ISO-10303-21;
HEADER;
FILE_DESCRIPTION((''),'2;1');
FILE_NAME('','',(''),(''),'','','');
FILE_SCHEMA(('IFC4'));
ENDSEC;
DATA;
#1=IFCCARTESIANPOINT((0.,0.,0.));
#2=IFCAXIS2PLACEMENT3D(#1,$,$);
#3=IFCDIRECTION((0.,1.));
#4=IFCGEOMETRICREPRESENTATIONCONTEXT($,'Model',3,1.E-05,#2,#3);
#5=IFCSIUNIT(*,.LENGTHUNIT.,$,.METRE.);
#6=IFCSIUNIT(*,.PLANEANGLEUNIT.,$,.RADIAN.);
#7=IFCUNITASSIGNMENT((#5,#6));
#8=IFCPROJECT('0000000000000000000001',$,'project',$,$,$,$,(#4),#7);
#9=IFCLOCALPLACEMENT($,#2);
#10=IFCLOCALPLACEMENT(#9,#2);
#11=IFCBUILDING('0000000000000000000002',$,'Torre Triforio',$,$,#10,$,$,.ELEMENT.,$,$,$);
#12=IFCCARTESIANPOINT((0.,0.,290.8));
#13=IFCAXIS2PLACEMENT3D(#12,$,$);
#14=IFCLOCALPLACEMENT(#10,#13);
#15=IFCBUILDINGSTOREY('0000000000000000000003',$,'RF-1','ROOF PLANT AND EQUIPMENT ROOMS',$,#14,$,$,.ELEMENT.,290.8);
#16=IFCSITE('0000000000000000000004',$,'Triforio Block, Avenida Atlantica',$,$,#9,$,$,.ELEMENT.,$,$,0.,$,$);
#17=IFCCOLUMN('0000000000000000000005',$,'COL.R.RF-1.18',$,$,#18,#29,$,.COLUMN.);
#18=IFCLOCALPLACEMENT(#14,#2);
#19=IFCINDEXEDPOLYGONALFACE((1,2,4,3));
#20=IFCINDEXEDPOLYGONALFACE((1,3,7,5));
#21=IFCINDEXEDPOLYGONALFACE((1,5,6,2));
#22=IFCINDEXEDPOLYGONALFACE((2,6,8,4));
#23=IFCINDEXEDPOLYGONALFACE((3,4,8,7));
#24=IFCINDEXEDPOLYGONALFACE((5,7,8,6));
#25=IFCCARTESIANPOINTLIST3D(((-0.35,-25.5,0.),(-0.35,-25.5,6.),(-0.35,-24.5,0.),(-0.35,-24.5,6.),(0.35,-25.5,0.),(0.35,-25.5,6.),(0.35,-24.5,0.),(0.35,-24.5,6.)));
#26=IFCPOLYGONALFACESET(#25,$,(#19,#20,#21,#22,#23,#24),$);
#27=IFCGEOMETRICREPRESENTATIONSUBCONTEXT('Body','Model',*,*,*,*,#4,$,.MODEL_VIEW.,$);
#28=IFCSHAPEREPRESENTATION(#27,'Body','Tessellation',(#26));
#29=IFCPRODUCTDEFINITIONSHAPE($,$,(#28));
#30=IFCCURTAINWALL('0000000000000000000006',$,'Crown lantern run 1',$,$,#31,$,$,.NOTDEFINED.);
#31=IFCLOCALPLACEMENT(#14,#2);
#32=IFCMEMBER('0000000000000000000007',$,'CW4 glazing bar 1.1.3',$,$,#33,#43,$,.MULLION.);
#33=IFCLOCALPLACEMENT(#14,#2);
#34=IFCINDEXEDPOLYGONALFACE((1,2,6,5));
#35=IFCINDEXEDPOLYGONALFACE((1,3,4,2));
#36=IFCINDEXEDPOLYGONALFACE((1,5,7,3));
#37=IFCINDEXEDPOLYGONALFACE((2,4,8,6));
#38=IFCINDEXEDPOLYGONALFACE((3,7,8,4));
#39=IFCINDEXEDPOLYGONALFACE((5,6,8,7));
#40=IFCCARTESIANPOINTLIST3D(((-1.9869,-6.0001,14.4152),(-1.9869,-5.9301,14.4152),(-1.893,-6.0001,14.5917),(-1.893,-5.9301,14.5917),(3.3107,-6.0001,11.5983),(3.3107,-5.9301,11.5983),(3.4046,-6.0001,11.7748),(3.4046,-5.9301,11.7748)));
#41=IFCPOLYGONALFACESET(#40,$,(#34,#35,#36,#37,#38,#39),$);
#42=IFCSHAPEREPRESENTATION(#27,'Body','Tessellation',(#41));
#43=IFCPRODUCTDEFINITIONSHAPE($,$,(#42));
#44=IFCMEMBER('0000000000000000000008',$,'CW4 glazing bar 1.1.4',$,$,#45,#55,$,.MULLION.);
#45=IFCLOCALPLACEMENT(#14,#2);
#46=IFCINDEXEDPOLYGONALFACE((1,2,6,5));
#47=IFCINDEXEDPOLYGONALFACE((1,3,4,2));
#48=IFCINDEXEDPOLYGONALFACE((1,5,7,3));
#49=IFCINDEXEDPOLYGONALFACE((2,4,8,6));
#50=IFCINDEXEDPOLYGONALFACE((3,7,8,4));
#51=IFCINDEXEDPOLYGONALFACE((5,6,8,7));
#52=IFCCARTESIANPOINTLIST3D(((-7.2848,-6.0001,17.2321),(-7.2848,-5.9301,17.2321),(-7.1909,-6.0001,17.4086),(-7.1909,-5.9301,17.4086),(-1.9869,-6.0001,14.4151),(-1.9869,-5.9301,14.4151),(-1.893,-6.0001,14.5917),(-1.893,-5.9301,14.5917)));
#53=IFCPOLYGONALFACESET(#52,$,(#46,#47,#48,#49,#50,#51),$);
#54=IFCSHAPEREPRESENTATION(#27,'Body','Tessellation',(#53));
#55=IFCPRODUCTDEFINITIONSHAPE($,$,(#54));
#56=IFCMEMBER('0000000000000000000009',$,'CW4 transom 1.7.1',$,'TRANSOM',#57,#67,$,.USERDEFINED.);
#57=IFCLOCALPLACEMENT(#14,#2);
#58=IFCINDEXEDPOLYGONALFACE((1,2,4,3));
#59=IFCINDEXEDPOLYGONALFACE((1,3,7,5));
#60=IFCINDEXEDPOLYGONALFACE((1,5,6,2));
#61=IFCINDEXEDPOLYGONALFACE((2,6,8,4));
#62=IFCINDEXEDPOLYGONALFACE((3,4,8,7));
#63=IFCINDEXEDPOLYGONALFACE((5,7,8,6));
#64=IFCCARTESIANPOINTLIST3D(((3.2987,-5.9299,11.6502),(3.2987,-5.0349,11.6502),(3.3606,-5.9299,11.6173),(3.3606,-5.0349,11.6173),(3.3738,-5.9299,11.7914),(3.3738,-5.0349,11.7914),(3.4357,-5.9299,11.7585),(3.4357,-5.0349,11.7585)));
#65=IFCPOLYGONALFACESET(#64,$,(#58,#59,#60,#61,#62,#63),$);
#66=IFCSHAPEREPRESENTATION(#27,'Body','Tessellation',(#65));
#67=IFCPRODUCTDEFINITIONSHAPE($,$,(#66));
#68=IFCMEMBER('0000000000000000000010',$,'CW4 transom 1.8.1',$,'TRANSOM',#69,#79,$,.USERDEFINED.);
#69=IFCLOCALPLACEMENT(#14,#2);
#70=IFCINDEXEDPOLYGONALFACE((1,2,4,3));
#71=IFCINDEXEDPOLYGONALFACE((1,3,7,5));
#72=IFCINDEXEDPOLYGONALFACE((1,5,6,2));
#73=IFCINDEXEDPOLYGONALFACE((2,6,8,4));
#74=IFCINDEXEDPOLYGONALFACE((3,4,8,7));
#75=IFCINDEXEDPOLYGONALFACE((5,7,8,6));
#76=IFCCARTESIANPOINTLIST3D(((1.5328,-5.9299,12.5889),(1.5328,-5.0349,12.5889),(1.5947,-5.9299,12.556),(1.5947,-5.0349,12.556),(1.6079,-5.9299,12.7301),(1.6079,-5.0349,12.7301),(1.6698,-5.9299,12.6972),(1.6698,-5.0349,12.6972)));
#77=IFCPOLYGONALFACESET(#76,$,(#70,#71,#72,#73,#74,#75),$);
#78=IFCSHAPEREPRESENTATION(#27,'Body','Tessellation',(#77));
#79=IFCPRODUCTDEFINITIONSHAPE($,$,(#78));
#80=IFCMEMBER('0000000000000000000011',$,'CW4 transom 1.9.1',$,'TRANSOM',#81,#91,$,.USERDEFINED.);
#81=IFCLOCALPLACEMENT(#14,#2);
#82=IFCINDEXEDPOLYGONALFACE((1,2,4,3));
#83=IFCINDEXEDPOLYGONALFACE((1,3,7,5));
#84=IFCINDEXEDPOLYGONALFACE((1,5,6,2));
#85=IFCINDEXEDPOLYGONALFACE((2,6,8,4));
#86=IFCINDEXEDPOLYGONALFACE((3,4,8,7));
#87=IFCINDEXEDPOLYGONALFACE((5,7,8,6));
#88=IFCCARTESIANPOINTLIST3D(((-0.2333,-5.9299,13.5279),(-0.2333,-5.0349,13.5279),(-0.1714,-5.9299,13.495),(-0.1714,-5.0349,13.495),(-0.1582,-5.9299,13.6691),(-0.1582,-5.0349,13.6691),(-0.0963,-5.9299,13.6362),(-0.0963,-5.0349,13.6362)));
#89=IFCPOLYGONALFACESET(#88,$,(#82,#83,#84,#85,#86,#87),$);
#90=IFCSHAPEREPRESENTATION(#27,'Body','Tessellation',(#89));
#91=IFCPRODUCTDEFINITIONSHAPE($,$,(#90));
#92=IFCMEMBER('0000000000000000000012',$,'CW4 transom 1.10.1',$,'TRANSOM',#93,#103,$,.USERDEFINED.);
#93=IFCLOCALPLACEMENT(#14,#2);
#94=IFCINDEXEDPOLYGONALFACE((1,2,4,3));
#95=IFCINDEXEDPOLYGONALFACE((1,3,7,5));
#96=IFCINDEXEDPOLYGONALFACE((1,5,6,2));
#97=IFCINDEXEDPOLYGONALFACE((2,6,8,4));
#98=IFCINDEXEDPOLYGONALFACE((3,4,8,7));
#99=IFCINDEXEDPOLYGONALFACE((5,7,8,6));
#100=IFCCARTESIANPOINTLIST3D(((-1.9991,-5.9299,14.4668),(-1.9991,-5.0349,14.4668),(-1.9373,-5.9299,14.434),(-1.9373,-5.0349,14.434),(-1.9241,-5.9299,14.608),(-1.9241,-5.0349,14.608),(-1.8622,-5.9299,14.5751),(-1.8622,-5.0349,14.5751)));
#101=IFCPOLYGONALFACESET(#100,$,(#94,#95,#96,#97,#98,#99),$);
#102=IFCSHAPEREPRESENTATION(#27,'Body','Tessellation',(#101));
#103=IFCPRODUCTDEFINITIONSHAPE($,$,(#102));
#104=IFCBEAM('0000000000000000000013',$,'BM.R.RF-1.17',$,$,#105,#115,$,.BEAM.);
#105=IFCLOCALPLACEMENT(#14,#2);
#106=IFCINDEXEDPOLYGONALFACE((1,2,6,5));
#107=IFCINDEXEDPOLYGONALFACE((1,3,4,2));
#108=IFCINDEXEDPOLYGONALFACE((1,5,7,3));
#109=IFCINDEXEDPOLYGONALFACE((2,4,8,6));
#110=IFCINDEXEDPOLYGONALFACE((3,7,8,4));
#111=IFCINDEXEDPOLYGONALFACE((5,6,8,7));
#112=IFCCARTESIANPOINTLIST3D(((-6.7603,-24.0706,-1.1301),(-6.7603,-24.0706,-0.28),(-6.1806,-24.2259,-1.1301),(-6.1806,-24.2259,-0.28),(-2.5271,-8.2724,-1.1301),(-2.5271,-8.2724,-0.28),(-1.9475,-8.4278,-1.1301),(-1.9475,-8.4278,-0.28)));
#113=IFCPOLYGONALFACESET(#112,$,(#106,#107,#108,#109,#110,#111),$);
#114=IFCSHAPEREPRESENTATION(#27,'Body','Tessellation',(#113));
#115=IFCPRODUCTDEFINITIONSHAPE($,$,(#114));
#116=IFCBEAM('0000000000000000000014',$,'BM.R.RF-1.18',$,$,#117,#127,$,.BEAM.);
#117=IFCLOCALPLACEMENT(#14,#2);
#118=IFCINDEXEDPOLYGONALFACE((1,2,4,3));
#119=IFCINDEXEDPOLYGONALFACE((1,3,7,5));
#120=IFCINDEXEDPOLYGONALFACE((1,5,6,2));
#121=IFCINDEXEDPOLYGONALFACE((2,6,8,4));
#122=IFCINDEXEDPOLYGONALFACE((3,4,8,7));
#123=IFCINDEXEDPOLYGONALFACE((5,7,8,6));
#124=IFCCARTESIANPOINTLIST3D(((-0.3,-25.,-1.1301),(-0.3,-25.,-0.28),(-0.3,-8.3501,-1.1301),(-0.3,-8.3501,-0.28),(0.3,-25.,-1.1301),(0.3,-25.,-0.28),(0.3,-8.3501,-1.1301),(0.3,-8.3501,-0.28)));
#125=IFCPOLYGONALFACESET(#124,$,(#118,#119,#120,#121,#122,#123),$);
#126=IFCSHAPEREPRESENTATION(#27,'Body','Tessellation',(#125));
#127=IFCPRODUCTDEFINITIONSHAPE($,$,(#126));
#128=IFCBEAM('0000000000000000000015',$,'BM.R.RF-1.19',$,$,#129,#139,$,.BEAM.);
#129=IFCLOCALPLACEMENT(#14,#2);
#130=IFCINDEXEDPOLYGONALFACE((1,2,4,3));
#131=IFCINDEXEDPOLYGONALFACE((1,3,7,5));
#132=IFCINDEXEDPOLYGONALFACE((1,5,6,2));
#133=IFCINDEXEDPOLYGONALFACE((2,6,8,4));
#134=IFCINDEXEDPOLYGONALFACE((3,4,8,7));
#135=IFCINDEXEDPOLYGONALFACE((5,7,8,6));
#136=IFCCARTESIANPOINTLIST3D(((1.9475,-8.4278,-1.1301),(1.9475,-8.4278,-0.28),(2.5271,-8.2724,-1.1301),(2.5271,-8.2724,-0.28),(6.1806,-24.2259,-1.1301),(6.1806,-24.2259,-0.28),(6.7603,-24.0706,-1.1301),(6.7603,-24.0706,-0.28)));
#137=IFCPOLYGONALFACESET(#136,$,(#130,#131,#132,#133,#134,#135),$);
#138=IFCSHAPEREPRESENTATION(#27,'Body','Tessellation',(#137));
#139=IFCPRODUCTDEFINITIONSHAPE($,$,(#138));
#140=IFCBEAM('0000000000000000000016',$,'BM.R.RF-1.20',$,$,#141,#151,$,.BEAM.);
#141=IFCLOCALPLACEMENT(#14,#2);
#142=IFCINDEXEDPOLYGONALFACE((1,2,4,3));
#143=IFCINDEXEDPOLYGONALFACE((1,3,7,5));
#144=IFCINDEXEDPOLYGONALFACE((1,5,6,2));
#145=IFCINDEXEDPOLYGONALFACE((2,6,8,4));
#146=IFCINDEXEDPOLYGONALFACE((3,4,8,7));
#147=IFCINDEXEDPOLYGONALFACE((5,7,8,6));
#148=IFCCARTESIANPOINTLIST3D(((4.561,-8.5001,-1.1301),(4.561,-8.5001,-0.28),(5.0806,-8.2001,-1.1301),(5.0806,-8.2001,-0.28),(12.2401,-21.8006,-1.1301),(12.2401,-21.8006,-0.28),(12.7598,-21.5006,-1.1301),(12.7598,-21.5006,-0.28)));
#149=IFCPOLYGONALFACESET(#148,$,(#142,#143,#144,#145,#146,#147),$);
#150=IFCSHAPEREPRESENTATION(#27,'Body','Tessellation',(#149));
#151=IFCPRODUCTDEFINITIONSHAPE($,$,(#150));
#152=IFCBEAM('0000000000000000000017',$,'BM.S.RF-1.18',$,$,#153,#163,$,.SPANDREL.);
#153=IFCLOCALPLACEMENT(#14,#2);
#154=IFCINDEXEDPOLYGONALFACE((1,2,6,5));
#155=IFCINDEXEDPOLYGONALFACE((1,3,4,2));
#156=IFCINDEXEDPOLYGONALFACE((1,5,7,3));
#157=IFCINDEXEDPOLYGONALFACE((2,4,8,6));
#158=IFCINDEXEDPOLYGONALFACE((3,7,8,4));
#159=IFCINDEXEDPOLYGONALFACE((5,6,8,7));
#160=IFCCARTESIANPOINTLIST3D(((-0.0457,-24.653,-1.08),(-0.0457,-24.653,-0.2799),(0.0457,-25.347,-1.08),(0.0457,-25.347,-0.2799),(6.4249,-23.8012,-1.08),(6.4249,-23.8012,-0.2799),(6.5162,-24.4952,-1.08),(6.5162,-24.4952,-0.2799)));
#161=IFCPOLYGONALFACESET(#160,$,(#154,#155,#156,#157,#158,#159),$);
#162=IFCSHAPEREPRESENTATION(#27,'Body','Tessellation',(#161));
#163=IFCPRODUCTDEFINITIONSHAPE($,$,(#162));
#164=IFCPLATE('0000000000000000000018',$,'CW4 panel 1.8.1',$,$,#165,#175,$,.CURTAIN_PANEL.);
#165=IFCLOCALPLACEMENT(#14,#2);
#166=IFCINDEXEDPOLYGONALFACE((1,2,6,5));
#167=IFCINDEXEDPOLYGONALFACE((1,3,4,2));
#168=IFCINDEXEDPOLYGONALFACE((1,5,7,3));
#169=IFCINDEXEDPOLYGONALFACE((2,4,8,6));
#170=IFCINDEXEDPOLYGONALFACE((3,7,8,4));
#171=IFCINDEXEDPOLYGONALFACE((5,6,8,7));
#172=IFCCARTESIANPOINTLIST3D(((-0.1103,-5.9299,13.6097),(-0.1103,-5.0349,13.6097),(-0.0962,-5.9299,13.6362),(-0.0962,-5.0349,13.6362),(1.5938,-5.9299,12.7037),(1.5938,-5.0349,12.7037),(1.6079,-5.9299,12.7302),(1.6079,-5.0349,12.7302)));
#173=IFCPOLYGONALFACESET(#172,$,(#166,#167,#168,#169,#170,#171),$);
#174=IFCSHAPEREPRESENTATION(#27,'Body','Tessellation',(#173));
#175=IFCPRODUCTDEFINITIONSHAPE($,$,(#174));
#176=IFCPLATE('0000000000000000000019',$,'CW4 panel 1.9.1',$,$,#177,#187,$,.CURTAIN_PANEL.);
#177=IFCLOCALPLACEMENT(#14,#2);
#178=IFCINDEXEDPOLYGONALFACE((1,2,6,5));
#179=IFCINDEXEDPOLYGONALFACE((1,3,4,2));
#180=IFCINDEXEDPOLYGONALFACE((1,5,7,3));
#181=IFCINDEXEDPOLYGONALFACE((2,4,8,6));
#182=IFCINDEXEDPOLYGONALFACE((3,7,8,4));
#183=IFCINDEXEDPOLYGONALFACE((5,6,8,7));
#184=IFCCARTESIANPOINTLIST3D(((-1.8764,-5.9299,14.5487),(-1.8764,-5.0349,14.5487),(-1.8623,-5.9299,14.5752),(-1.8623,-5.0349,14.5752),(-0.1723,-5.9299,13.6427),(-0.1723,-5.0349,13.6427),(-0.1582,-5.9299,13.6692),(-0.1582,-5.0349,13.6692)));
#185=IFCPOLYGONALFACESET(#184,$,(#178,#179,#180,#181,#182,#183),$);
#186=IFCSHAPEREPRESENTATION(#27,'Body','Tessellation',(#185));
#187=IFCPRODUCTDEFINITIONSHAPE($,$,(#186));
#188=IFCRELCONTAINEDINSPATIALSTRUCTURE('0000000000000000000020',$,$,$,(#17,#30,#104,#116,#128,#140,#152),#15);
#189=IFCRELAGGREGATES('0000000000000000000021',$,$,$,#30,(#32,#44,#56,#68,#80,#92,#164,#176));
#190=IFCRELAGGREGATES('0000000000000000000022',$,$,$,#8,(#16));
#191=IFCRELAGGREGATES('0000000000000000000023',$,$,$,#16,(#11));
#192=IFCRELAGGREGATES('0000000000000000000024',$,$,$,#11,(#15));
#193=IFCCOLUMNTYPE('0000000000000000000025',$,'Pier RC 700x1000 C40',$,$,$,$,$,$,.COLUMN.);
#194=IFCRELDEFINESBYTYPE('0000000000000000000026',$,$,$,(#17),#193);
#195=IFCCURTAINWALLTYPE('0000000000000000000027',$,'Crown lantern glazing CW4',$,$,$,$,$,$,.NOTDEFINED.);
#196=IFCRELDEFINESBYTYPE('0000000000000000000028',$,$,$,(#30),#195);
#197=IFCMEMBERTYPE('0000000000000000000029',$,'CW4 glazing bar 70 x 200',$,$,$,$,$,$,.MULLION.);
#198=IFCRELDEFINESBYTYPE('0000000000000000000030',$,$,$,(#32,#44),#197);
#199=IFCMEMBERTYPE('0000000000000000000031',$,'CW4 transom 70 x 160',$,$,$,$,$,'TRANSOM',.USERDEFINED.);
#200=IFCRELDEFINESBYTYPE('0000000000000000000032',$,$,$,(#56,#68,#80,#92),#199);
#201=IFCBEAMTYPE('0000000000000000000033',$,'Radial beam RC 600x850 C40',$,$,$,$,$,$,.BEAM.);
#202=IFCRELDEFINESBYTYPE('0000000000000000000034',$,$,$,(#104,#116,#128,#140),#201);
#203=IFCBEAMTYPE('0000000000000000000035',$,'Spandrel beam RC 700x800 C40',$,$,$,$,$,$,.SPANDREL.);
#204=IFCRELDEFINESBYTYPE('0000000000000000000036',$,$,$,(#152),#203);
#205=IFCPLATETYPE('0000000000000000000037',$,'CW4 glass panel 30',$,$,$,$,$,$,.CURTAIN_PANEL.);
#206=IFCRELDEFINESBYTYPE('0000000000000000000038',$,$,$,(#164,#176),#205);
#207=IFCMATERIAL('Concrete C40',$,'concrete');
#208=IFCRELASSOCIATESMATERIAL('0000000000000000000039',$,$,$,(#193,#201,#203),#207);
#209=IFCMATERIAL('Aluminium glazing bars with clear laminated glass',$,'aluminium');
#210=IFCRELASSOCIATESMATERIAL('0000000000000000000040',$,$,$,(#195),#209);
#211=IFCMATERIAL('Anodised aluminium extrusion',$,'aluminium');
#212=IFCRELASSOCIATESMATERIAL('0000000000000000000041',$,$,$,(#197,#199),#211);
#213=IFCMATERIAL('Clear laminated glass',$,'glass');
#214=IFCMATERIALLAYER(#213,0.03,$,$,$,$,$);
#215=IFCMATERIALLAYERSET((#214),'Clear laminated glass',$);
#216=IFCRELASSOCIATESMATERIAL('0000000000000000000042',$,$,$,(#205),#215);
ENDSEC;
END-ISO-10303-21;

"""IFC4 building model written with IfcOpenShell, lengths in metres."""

from ifc_helpers import new_model, si_unit, direction, frame, origin, origin_2d, place, context, subcontext, project, spatial, polyline, rectangle, outline, extrude, material, layer, layer_set, material_profile, profile_set, type_object, element, aggregate, save


model = new_model("IFC4")

# Units and contexts
model_context = context("Model", 3, precision=1e-05, world=origin(), true_north=direction((0.0, 1.0)))
body_context = subcontext(model_context, "Body", "Model", "MODEL_VIEW")
ifc_project = project(units=[si_unit("LENGTHUNIT", "METRE"), si_unit("PLANEANGLEUNIT", "RADIAN")], contexts=[model_context])

# Site, building, storey
site_placement = place(None, origin())
site = spatial("IfcSite", under=ifc_project, at=site_placement, Name="Triforio Block, Avenida Atlantica", CompositionType="ELEMENT", RefElevation=0.0)
building_placement = place(site_placement, origin())
building = spatial("IfcBuilding", under=site, at=building_placement, Name="Torre Triforio", CompositionType="ELEMENT")
storey_placement = place(building_placement, frame((0.0, 0.0, 290.8)))
storey = spatial("IfcBuildingStorey", under=building, at=storey_placement, Name="RF-1", Description="ROOF PLANT AND EQUIPMENT ROOMS", CompositionType="ELEMENT", Elevation=290.8)

# Column
ifc_material_1 = material(Name="Concrete C40", Category="concrete")
ifc_material_profile_1 = material_profile(ifc_material_1, rectangle(XDim=0.7, YDim=1.0, at=origin_2d()), Name="RC 700x1000")
ifc_profile_set_1 = profile_set([ifc_material_profile_1], Name="Concrete C40")
column_type = type_object("IfcColumnType", Name="Pier RC 700x1000 C40", PredefinedType="COLUMN", material=ifc_profile_set_1)
column_placement = place(storey_placement, frame((0.0, -25.0, 0.0), z_axis=(0.0, 0.0, 1.0), x_axis=(1.0, 0.0, 0.0)))
element("IfcColumn", 1, at=column_placement, inside=storey, type_object=column_type, Name="COL.R.RF-1.18", PredefinedType="COLUMN", context=body_context, shape_type="SweptSolid", body=[
    extrude(rectangle(XDim=0.7, YDim=1.0, at=origin_2d()), origin(), (0.0, 0.0, 1.0), 6.0),
])

# Curtain wall, members
ifc_material_2 = material(Name="Aluminium glazing bars with clear laminated glass", Category="aluminium")
curtain_wall_type = type_object("IfcCurtainWallType", Name="Crown lantern glazing CW4", PredefinedType="NOTDEFINED", material=ifc_material_2)
curtain_wall_placement = place(storey_placement, origin())
curtain_wall = element("IfcCurtainWall", 2, at=curtain_wall_placement, inside=storey, type_object=curtain_wall_type, Name="Crown lantern run 1", PredefinedType="NOTDEFINED")
ifc_material_3 = material(Name="Anodised aluminium extrusion", Category="aluminium")
ifc_material_profile_2 = material_profile(ifc_material_3, rectangle(XDim=0.0701, YDim=0.2, at=origin_2d()), Name="CW4 MULLION 70x200")
ifc_profile_set_2 = profile_set([ifc_material_profile_2], Name="Anodised aluminium extrusion")
member_type_1 = type_object("IfcMemberType", Name="CW4 glazing bar 70 x 200", PredefinedType="MULLION", material=ifc_profile_set_2)
member_1_placement = place(storey_placement, frame((3.3577, -5.9651, 11.6865), z_axis=(-0.88294, 0.0, 0.469485), x_axis=(0.0, -1.0, 0.0)))
member_1 = element("IfcMember", 3, at=member_1_placement, type_object=member_type_1, Name="CW4 glazing bar 1.1.3", PredefinedType="MULLION", context=body_context, shape_type="SweptSolid", body=[
    extrude(rectangle(XDim=0.0701, YDim=0.2, at=origin_2d()), origin(), (0.0, 0.0, 1.0), 6.0),
])
member_2_placement = place(storey_placement, frame((-1.9399, -5.9651, 14.5034), z_axis=(-0.882949, 0.0, 0.469469), x_axis=(0.0, -1.0, 0.0)))
member_2 = element("IfcMember", 4, at=member_2_placement, type_object=member_type_1, Name="CW4 glazing bar 1.1.4", PredefinedType="MULLION", context=body_context, shape_type="SweptSolid", body=[
    extrude(rectangle(XDim=0.0701, YDim=0.2, at=origin_2d()), origin(), (0.0, 0.0, 1.0), 6.0002),
])
ifc_material_profile_3 = material_profile(ifc_material_3, rectangle(XDim=0.0701, YDim=0.1599, at=origin_2d()), Name="CW4 TRANSOM 70x160")
ifc_profile_set_3 = profile_set([ifc_material_profile_3], Name="Anodised aluminium extrusion")
member_type_2 = type_object("IfcMemberType", Name="CW4 transom 70 x 160", ElementType="TRANSOM", PredefinedType="USERDEFINED", material=ifc_profile_set_3)
member_3_placement = place(storey_placement, frame((3.3672, -5.9299, 11.7043), z_axis=(0.0, 1.0, 0.0), x_axis=(-0.882948, 0.0, 0.469472)))
member_3 = element("IfcMember", 5, at=member_3_placement, type_object=member_type_2, Name="CW4 transom 1.7.1", ObjectType="TRANSOM", PredefinedType="USERDEFINED", context=body_context, shape_type="SweptSolid", body=[
    extrude(rectangle(XDim=0.0701, YDim=0.1599, at=origin_2d()), origin(), (0.0, 0.0, 1.0), 0.895),
])
member_4_placement = place(storey_placement, frame((1.6013, -5.9299, 12.6431), z_axis=(0.0, 1.0, 0.0), x_axis=(-0.882948, 0.0, 0.469472)))
member_4 = element("IfcMember", 6, at=member_4_placement, type_object=member_type_2, Name="CW4 transom 1.8.1", ObjectType="TRANSOM", PredefinedType="USERDEFINED", context=body_context, shape_type="SweptSolid", body=[
    extrude(rectangle(XDim=0.0701, YDim=0.1599, at=origin_2d()), origin(), (0.0, 0.0, 1.0), 0.895),
])
member_5_placement = place(storey_placement, frame((-0.1648, -5.9299, 13.582), z_axis=(0.0, 1.0, 0.0), x_axis=(-0.882948, 0.0, 0.469472)))
member_5 = element("IfcMember", 7, at=member_5_placement, type_object=member_type_2, Name="CW4 transom 1.9.1", ObjectType="TRANSOM", PredefinedType="USERDEFINED", context=body_context, shape_type="SweptSolid", body=[
    extrude(rectangle(XDim=0.0701, YDim=0.1599, at=origin_2d()), origin(), (0.0, 0.0, 1.0), 0.895),
])
member_6_placement = place(storey_placement, frame((-1.9307, -5.9299, 14.521), z_axis=(0.0, 1.0, 0.0), x_axis=(-0.882948, 0.0, 0.469472)))
member_6 = element("IfcMember", 8, at=member_6_placement, type_object=member_type_2, Name="CW4 transom 1.10.1", ObjectType="TRANSOM", PredefinedType="USERDEFINED", context=body_context, shape_type="SweptSolid", body=[
    extrude(rectangle(XDim=0.0701, YDim=0.1599, at=origin_2d()), origin(), (0.0, 0.0, 1.0), 0.895),
])

# Beams
ifc_material_profile_4 = material_profile(ifc_material_1, rectangle(XDim=0.6001, YDim=0.8501, at=origin_2d()), Name="RC 600x850")
ifc_profile_set_4 = profile_set([ifc_material_profile_4], Name="Concrete C40")
beam_type_1 = type_object("IfcBeamType", Name="Radial beam RC 600x850 C40", PredefinedType="BEAM", material=ifc_profile_set_4)
beam_1_placement = place(storey_placement, frame((-2.2373, -8.3501, -0.7051), z_axis=(-0.258823, -0.965925, 0.0), x_axis=(0.965925, -0.258823, 0.0)))
element("IfcBeam", 9, at=beam_1_placement, inside=storey, type_object=beam_type_1, Name="BM.R.RF-1.17", PredefinedType="BEAM", context=body_context, shape_type="SweptSolid", body=[
    extrude(rectangle(XDim=0.6001, YDim=0.8501, at=origin_2d()), origin(), (0.0, 0.0, 1.0), 16.3555),
])
beam_2_placement = place(storey_placement, frame((0.0, -8.3501, -0.7051), z_axis=(0.0, -1.0, 0.0), x_axis=(1.0, 0.0, 0.0)))
element("IfcBeam", 10, at=beam_2_placement, inside=storey, type_object=beam_type_1, Name="BM.R.RF-1.18", PredefinedType="BEAM", context=body_context, shape_type="SweptSolid", body=[
    extrude(rectangle(XDim=0.6001, YDim=0.8501, at=origin_2d()), origin(), (0.0, 0.0, 1.0), 16.6499),
])
beam_3_placement = place(storey_placement, frame((2.2373, -8.3501, -0.7051), z_axis=(0.258823, -0.965925, 0.0), x_axis=(0.965925, 0.258823, 0.0)))
element("IfcBeam", 11, at=beam_3_placement, inside=storey, type_object=beam_type_1, Name="BM.R.RF-1.19", PredefinedType="BEAM", context=body_context, shape_type="SweptSolid", body=[
    extrude(rectangle(XDim=0.6001, YDim=0.8501, at=origin_2d()), origin(), (0.0, 0.0, 1.0), 16.3555),
])
beam_4_placement = place(storey_placement, frame((4.8208, -8.3501, -0.7051), z_axis=(0.500006, -0.866022, 0.0), x_axis=(0.866022, 0.500006, 0.0)))
element("IfcBeam", 12, at=beam_4_placement, inside=storey, type_object=beam_type_1, Name="BM.R.RF-1.20", PredefinedType="BEAM", context=body_context, shape_type="SweptSolid", body=[
    extrude(rectangle(XDim=0.6001, YDim=0.8501, at=origin_2d()), origin(), (0.0, 0.0, 1.0), 15.3582),
])
ifc_material_profile_5 = material_profile(ifc_material_1, rectangle(XDim=0.7, YDim=0.8, at=origin_2d()), Name="RC 700x800")
ifc_profile_set_5 = profile_set([ifc_material_profile_5], Name="Concrete C40")
beam_type_2 = type_object("IfcBeamType", Name="Spandrel beam RC 700x800 C40", PredefinedType="SPANDREL", material=ifc_profile_set_5)
beam_5_placement = place(storey_placement, frame((0.0, -25.0, -0.6799), z_axis=(0.991446, 0.130519, 0.0), x_axis=(-0.130519, 0.991446, 0.0)))
element("IfcBeam", 13, at=beam_5_placement, inside=storey, type_object=beam_type_2, Name="BM.S.RF-1.18", PredefinedType="SPANDREL", context=body_context, shape_type="SweptSolid", body=[
    extrude(rectangle(XDim=0.7, YDim=0.8, at=origin_2d()), origin(), (0.0, 0.0, 1.0), 6.5264),
])

# Plates
ifc_material_4 = material(Name="Clear laminated glass", Category="glass")
ifc_layer_1 = layer(ifc_material_4, 0.03)
ifc_layer_set_1 = layer_set([ifc_layer_1], Name="Clear laminated glass")
plate_type = type_object("IfcPlateType", Name="CW4 glass panel 30", PredefinedType="CURTAIN_PANEL", material=ifc_layer_set_1)
plate_1_placement = place(storey_placement, frame((1.6079, -5.9299, 12.7302), z_axis=(0.469439, 0.0, 0.882965), x_axis=(0.0, 1.0, 0.0)))
plate_1 = element("IfcPlate", 14, at=plate_1_placement, type_object=plate_type, Name="CW4 panel 1.8.1", PredefinedType="CURTAIN_PANEL", context=body_context, shape_type="SweptSolid", body=[
    extrude(outline(polyline([(0.0, 0.0), (0.895, 0.0), (0.895, 1.93), (0.0, 1.93), (0.0, 0.0)])), origin(), (0.0, 0.0, -1.0), 0.03),
])
plate_2_placement = place(storey_placement, frame((-0.1582, -5.9299, 13.6692), z_axis=(0.469439, 0.0, 0.882965), x_axis=(0.0, 1.0, 0.0)))
plate_2 = element("IfcPlate", 15, at=plate_2_placement, type_object=plate_type, Name="CW4 panel 1.9.1", PredefinedType="CURTAIN_PANEL", context=body_context, shape_type="SweptSolid", body=[
    extrude(outline(polyline([(0.0, 0.0), (0.895, 0.0), (0.895, 1.93), (0.0, 1.93), (0.0, 0.0)])), origin(), (0.0, 0.0, -1.0), 0.03),
])
aggregate(curtain_wall, [member_1, member_2, member_3, member_4, member_5, member_6, plate_1, plate_2])

save(model, "model.ifc")
